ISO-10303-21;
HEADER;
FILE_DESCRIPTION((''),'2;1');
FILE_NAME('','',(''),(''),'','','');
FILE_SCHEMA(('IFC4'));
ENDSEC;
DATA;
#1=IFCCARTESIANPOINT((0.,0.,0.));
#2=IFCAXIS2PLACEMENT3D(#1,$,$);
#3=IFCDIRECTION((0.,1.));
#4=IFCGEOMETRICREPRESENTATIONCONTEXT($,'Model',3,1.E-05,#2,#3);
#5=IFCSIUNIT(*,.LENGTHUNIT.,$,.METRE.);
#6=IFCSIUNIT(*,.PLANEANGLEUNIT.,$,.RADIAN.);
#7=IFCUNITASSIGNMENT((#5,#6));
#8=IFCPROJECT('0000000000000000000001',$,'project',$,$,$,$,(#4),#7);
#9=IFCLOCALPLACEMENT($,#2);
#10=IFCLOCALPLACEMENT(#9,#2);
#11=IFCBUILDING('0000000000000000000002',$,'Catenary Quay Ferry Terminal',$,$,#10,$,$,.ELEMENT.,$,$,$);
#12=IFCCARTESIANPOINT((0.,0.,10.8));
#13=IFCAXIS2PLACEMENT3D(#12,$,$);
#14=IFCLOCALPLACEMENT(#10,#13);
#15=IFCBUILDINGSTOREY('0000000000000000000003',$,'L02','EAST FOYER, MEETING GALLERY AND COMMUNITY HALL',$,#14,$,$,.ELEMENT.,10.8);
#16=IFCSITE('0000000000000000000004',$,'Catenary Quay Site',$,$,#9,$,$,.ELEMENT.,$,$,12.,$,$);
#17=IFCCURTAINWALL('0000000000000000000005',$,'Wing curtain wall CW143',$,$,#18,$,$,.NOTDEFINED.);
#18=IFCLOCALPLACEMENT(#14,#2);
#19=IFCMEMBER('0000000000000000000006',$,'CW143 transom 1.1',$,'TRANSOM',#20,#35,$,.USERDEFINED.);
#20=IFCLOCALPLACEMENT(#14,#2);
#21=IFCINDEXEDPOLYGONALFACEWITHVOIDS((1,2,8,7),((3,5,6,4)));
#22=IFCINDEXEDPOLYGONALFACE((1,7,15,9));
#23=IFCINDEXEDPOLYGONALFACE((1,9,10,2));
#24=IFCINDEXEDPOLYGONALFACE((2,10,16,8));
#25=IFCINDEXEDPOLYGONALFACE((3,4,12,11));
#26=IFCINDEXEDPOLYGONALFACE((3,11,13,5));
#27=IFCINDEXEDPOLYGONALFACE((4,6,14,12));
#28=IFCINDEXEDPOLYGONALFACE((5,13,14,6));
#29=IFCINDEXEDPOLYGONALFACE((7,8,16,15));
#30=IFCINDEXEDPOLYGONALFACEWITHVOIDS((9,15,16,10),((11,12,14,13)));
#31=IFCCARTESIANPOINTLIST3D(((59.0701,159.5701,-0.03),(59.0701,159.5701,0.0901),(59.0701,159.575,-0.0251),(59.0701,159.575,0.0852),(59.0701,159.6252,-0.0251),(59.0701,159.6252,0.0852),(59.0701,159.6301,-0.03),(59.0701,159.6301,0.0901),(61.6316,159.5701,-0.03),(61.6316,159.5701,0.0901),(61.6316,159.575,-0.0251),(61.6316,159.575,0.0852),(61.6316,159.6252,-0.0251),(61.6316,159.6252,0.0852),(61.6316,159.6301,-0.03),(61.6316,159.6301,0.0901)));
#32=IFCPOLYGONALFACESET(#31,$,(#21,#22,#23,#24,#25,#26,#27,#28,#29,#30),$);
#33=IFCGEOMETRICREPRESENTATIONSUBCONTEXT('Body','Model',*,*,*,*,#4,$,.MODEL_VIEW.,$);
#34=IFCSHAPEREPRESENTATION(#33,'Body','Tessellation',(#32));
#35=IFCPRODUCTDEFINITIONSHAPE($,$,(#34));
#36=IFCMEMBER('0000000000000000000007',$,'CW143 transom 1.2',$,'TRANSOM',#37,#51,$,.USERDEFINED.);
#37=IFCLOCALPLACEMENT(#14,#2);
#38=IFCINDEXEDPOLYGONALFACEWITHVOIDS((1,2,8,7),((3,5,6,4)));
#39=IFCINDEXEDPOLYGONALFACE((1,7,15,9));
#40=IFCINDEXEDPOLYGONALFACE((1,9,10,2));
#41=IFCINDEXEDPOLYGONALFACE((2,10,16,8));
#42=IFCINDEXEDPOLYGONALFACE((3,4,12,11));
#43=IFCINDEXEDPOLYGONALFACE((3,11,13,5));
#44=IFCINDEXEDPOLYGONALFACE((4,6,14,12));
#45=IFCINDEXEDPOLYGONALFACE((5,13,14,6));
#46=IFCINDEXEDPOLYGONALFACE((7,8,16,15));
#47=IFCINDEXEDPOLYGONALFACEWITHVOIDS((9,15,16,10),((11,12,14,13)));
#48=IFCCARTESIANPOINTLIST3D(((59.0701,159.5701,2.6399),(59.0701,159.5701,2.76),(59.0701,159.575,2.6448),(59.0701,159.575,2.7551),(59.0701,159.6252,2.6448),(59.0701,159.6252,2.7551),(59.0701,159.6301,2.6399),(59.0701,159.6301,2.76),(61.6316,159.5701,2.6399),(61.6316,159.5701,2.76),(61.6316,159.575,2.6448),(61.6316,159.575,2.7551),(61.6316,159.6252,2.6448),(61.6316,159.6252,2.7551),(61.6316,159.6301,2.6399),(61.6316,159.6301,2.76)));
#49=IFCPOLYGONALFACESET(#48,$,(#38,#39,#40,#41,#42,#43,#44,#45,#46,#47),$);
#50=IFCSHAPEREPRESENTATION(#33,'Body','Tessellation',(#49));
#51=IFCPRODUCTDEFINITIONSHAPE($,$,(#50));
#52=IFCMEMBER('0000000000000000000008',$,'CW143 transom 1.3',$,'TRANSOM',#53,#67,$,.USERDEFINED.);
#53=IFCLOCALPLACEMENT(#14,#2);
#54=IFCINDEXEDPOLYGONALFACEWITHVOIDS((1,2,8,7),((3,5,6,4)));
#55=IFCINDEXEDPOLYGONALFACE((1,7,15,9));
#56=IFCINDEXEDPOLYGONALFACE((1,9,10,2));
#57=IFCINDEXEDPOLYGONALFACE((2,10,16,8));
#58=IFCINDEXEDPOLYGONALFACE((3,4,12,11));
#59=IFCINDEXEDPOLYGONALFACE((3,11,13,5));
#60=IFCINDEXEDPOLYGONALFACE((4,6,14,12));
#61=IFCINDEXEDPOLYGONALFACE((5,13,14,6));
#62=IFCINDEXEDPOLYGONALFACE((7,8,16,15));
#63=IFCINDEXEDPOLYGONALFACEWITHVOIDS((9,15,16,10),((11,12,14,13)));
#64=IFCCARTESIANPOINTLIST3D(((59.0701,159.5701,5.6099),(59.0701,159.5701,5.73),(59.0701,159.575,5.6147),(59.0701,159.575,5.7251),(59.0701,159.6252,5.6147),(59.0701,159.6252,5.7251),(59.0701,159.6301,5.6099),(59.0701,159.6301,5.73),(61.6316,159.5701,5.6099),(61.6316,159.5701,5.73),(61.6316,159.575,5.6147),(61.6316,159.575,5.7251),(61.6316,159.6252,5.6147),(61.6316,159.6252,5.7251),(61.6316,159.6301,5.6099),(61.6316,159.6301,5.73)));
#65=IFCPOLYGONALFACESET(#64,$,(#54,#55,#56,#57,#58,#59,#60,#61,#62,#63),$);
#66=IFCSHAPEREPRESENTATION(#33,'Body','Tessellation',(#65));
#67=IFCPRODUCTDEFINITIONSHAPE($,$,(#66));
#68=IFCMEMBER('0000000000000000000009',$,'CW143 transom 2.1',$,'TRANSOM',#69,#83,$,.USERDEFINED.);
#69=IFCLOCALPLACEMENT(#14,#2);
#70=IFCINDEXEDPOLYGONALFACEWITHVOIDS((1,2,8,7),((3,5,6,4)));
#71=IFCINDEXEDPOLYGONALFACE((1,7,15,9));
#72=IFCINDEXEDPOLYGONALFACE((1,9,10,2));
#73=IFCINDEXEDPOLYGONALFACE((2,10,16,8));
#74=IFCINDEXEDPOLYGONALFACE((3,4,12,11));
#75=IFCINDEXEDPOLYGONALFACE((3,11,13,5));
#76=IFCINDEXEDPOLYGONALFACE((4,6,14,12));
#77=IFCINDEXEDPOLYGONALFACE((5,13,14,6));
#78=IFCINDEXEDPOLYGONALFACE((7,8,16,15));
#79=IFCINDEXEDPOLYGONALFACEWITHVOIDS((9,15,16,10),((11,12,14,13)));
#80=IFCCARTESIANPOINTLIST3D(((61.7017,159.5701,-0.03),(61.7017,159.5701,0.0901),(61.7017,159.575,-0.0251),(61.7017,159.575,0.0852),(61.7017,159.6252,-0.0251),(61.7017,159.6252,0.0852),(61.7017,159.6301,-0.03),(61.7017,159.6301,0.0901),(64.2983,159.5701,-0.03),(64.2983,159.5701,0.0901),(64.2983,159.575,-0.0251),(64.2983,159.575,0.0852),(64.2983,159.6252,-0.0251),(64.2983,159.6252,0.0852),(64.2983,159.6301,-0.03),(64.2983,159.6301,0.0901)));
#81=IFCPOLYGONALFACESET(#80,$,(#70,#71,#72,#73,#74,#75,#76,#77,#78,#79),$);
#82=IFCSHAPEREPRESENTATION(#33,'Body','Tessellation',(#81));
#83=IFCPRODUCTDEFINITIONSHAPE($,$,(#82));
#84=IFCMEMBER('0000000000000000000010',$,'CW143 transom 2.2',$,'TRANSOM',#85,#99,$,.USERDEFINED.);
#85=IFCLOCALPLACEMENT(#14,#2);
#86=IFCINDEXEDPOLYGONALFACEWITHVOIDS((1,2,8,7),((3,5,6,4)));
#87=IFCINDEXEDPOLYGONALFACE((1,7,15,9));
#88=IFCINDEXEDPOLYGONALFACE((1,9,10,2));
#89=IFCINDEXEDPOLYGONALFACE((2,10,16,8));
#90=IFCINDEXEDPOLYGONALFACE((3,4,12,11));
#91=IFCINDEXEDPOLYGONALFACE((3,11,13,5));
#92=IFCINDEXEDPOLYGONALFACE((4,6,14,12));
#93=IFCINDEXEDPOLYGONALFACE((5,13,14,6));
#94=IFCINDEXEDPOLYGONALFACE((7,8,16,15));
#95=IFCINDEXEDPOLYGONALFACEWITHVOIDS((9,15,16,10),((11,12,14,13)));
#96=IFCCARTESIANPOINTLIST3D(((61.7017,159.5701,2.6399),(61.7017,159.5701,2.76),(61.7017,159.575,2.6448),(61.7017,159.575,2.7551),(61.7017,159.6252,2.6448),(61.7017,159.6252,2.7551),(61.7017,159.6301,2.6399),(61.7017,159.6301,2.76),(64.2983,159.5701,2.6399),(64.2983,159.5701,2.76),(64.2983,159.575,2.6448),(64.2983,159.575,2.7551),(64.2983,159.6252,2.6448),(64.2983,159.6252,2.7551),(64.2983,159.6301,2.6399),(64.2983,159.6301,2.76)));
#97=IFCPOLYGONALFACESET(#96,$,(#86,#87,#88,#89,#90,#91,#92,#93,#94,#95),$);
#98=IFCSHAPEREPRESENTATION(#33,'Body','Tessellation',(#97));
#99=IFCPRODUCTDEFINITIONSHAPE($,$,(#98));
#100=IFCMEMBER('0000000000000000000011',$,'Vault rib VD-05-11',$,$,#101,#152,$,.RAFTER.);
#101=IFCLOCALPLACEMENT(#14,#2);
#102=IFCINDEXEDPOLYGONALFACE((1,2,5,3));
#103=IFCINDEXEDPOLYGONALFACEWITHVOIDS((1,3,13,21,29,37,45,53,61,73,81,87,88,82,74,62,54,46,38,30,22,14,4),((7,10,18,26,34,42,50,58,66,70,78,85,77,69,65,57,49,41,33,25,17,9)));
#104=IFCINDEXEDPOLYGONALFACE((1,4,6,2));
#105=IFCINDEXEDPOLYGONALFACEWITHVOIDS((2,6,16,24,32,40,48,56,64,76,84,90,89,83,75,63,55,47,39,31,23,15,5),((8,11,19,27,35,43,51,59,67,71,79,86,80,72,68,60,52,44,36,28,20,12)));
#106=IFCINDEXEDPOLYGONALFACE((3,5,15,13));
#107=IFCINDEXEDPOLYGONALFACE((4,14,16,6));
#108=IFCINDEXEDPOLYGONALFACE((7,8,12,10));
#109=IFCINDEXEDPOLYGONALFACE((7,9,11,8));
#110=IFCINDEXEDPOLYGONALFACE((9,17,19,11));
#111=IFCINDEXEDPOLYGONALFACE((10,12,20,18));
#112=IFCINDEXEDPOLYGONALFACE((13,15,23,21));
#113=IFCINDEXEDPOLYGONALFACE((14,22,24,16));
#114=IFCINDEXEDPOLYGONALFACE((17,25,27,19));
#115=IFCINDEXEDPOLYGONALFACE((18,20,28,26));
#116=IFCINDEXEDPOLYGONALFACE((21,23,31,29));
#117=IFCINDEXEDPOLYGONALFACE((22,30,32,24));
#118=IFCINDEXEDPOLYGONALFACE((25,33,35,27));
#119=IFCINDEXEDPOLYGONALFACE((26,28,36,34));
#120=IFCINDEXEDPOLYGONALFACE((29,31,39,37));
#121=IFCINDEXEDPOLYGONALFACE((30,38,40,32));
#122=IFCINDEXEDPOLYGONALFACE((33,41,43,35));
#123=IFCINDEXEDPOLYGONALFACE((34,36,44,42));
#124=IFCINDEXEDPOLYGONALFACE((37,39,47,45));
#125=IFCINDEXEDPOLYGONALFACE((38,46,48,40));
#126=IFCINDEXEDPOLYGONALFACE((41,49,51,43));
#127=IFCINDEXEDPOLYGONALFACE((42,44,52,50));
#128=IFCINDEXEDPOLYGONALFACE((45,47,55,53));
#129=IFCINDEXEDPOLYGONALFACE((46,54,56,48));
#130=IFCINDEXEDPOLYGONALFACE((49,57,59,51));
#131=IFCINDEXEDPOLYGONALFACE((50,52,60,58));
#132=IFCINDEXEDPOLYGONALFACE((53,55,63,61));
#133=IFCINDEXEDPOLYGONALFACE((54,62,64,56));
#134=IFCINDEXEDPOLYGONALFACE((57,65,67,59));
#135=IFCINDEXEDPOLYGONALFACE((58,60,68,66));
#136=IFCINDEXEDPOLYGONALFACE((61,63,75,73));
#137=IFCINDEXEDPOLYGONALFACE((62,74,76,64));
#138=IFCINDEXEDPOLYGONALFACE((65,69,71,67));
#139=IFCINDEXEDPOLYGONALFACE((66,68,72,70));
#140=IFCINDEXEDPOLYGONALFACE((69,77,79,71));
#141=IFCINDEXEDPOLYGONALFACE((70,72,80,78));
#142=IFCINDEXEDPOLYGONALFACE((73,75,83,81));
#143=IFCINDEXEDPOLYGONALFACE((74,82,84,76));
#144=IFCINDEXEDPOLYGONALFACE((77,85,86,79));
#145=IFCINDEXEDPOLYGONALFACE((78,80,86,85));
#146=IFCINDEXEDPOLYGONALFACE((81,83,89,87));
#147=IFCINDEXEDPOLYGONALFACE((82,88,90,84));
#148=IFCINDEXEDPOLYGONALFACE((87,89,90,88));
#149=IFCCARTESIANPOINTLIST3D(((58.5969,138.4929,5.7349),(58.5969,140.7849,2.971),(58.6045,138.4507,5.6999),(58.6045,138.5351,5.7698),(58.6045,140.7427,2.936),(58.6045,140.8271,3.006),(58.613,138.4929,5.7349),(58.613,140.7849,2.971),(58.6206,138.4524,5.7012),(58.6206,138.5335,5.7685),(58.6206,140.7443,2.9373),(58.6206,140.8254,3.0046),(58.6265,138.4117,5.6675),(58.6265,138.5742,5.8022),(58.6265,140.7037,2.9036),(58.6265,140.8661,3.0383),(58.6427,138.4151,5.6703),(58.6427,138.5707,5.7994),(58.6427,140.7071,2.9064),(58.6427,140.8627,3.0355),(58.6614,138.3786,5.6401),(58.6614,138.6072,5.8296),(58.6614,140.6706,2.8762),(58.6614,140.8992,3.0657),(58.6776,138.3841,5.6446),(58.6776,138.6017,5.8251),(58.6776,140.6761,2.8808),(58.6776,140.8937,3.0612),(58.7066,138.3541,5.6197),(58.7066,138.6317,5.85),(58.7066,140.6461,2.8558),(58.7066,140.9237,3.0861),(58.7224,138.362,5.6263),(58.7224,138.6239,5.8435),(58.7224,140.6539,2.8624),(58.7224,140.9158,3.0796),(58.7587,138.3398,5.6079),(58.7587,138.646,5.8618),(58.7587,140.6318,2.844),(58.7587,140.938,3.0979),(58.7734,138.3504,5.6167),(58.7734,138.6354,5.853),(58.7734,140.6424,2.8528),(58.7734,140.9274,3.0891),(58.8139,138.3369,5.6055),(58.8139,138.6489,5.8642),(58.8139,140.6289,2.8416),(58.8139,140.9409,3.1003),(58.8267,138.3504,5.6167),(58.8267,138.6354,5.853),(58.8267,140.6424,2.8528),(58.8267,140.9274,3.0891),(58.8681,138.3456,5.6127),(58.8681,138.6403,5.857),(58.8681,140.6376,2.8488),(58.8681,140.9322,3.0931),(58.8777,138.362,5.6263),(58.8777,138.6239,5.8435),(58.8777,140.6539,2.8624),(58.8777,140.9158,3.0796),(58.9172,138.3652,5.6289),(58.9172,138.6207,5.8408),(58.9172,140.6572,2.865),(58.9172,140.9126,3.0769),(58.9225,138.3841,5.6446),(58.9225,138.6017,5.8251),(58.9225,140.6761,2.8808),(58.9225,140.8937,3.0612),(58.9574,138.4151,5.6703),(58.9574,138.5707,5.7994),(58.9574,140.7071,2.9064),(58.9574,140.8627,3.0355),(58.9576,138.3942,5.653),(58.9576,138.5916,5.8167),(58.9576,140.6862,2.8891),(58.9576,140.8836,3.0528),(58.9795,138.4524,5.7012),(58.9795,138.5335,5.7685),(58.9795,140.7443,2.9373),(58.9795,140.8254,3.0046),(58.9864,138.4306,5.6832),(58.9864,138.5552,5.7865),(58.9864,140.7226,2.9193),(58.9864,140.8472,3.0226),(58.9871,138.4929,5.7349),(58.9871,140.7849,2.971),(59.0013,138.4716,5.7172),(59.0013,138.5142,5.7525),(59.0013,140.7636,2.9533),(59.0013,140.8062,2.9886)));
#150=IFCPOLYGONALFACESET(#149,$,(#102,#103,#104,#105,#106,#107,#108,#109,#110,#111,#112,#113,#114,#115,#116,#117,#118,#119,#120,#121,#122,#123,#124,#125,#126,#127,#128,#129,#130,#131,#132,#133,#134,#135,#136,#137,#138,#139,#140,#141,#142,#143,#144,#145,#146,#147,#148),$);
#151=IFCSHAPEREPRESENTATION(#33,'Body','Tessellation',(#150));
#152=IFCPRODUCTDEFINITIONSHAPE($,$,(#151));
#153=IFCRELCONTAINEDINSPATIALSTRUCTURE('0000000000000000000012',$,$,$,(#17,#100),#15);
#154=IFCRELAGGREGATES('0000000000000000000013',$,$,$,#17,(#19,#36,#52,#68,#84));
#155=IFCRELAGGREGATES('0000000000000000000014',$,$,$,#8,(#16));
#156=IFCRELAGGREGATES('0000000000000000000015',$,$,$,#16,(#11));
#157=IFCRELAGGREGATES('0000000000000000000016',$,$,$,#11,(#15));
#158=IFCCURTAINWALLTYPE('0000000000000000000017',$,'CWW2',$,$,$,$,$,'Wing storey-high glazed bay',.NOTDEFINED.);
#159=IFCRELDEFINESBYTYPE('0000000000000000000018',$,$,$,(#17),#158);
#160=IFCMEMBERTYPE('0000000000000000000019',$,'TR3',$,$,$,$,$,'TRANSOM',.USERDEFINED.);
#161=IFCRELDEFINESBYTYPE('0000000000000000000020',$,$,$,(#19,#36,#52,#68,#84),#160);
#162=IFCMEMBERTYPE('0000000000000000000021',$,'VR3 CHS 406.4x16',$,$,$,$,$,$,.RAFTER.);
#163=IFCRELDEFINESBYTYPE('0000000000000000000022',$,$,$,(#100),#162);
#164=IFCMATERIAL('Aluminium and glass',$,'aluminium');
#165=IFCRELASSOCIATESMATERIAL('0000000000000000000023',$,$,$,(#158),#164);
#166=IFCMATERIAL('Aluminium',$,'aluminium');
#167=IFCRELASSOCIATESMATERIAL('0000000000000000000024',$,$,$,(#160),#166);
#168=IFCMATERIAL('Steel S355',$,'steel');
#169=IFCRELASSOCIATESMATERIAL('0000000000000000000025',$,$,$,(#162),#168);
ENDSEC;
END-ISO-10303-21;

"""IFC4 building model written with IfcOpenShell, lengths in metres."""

from ifc_helpers import new_model, si_unit, direction, frame, origin, origin_2d, place, context, subcontext, project, spatial, hollow_rectangle, hollow_circle, extrude, material, material_profile, profile_set, type_object, element, aggregate, save


model = new_model("IFC4")

# Units and contexts
model_context = context("Model", 3, precision=1e-05, world=origin(), true_north=direction((0.0, 1.0)))
body_context = subcontext(model_context, "Body", "Model", "MODEL_VIEW")
ifc_project = project(units=[si_unit("LENGTHUNIT", "METRE"), si_unit("PLANEANGLEUNIT", "RADIAN")], contexts=[model_context])

# Site, building, storey
site_placement = place(None, origin())
site = spatial("IfcSite", under=ifc_project, at=site_placement, Name="Catenary Quay Site", CompositionType="ELEMENT", RefElevation=12.0)
building_placement = place(site_placement, origin())
building = spatial("IfcBuilding", under=site, at=building_placement, Name="Catenary Quay Ferry Terminal", CompositionType="ELEMENT")
storey_placement = place(building_placement, frame((0.0, 0.0, 10.8)))
storey = spatial("IfcBuildingStorey", under=building, at=storey_placement, Name="L02", Description="EAST FOYER, MEETING GALLERY AND COMMUNITY HALL", CompositionType="ELEMENT", Elevation=10.8)

# Curtain wall
ifc_material_1 = material(Name="Aluminium and glass", Category="aluminium")
curtain_wall_type = type_object("IfcCurtainWallType", Name="CWW2", ElementType="Wing storey-high glazed bay", PredefinedType="NOTDEFINED", material=ifc_material_1)
curtain_wall_1_placement = place(storey_placement, origin())
curtain_wall_1 = element("IfcCurtainWall", 1, at=curtain_wall_1_placement, inside=storey, type_object=curtain_wall_type, Name="Wing curtain wall CW143", PredefinedType="NOTDEFINED")

# Members
ifc_material_2 = material(Name="Aluminium", Category="aluminium")
ifc_material_profile_1 = material_profile(ifc_material_2, hollow_rectangle(XDim=0.0601, YDim=0.1201, WallThickness=0.0049, at=origin_2d()), Name="TR3")
ifc_profile_set_1 = profile_set([ifc_material_profile_1], Name="Aluminium")
member_type_1 = type_object("IfcMemberType", Name="TR3", ElementType="TRANSOM", PredefinedType="USERDEFINED", material=ifc_profile_set_1)
member_1_placement = place(storey_placement, frame((59.0701, 159.6001, 0.03), z_axis=(1.0, 0.0, 0.0), x_axis=(0.0, 1.0, 0.0)))
member_1 = element("IfcMember", 2, at=member_1_placement, type_object=member_type_1, Name="CW143 transom 1.1", ObjectType="TRANSOM", PredefinedType="USERDEFINED", context=body_context, shape_type="SweptSolid", body=[
    extrude(hollow_rectangle(XDim=0.0601, YDim=0.1201, WallThickness=0.0049, at=origin_2d()), origin(), (0.0, 0.0, 1.0), 2.5615),
])
member_2_placement = place(storey_placement, frame((59.0701, 159.6001, 2.7), z_axis=(1.0, 0.0, 0.0), x_axis=(0.0, 1.0, 0.0)))
member_2 = element("IfcMember", 3, at=member_2_placement, type_object=member_type_1, Name="CW143 transom 1.2", ObjectType="TRANSOM", PredefinedType="USERDEFINED", context=body_context, shape_type="SweptSolid", body=[
    extrude(hollow_rectangle(XDim=0.0601, YDim=0.1201, WallThickness=0.0049, at=origin_2d()), origin(), (0.0, 0.0, 1.0), 2.5615),
])
member_3_placement = place(storey_placement, frame((59.0701, 159.6001, 5.6699), z_axis=(1.0, 0.0, 0.0), x_axis=(0.0, 1.0, 0.0)))
member_3 = element("IfcMember", 4, at=member_3_placement, type_object=member_type_1, Name="CW143 transom 1.3", ObjectType="TRANSOM", PredefinedType="USERDEFINED", context=body_context, shape_type="SweptSolid", body=[
    extrude(hollow_rectangle(XDim=0.0601, YDim=0.1201, WallThickness=0.0049, at=origin_2d()), origin(), (0.0, 0.0, 1.0), 2.5615),
])
member_4_placement = place(storey_placement, frame((61.7017, 159.6001, 0.03), z_axis=(1.0, 0.0, 0.0), x_axis=(0.0, 1.0, 0.0)))
member_4 = element("IfcMember", 5, at=member_4_placement, type_object=member_type_1, Name="CW143 transom 2.1", ObjectType="TRANSOM", PredefinedType="USERDEFINED", context=body_context, shape_type="SweptSolid", body=[
    extrude(hollow_rectangle(XDim=0.0601, YDim=0.1201, WallThickness=0.0049, at=origin_2d()), origin(), (0.0, 0.0, 1.0), 2.5967),
])
member_5_placement = place(storey_placement, frame((61.7017, 159.6001, 2.7), z_axis=(1.0, 0.0, 0.0), x_axis=(0.0, 1.0, 0.0)))
member_5 = element("IfcMember", 6, at=member_5_placement, type_object=member_type_1, Name="CW143 transom 2.2", ObjectType="TRANSOM", PredefinedType="USERDEFINED", context=body_context, shape_type="SweptSolid", body=[
    extrude(hollow_rectangle(XDim=0.0601, YDim=0.1201, WallThickness=0.0049, at=origin_2d()), origin(), (0.0, 0.0, 1.0), 2.5967),
])

# Member
ifc_material_3 = material(Name="Steel S355", Category="steel")
ifc_material_profile_2 = material_profile(ifc_material_3, hollow_circle(Radius=0.2031, WallThickness=0.0161, at=origin_2d()), Name="CHS 406.4x16")
ifc_profile_set_2 = profile_set([ifc_material_profile_2], Name="Steel S355")
member_type_2 = type_object("IfcMemberType", Name="VR3 CHS 406.4x16", PredefinedType="RAFTER", material=ifc_profile_set_2)
member_6_placement = place(storey_placement, frame((58.8, 138.4929, 5.7349), z_axis=(0.0, 0.63833, -0.769763), x_axis=(-1.0, 0.0, 0.0)))
element("IfcMember", 7, at=member_6_placement, inside=storey, type_object=member_type_2, Name="Vault rib VD-05-11", PredefinedType="RAFTER", context=body_context, shape_type="SweptSolid", body=[
    extrude(hollow_circle(Radius=0.2031, WallThickness=0.0161, at=origin_2d()), origin(), (0.0, 0.0, 1.0), 3.5906),
])

aggregate(curtain_wall_1, [member_1, member_2, member_3, member_4, member_5])

save(model, "model.ifc")
